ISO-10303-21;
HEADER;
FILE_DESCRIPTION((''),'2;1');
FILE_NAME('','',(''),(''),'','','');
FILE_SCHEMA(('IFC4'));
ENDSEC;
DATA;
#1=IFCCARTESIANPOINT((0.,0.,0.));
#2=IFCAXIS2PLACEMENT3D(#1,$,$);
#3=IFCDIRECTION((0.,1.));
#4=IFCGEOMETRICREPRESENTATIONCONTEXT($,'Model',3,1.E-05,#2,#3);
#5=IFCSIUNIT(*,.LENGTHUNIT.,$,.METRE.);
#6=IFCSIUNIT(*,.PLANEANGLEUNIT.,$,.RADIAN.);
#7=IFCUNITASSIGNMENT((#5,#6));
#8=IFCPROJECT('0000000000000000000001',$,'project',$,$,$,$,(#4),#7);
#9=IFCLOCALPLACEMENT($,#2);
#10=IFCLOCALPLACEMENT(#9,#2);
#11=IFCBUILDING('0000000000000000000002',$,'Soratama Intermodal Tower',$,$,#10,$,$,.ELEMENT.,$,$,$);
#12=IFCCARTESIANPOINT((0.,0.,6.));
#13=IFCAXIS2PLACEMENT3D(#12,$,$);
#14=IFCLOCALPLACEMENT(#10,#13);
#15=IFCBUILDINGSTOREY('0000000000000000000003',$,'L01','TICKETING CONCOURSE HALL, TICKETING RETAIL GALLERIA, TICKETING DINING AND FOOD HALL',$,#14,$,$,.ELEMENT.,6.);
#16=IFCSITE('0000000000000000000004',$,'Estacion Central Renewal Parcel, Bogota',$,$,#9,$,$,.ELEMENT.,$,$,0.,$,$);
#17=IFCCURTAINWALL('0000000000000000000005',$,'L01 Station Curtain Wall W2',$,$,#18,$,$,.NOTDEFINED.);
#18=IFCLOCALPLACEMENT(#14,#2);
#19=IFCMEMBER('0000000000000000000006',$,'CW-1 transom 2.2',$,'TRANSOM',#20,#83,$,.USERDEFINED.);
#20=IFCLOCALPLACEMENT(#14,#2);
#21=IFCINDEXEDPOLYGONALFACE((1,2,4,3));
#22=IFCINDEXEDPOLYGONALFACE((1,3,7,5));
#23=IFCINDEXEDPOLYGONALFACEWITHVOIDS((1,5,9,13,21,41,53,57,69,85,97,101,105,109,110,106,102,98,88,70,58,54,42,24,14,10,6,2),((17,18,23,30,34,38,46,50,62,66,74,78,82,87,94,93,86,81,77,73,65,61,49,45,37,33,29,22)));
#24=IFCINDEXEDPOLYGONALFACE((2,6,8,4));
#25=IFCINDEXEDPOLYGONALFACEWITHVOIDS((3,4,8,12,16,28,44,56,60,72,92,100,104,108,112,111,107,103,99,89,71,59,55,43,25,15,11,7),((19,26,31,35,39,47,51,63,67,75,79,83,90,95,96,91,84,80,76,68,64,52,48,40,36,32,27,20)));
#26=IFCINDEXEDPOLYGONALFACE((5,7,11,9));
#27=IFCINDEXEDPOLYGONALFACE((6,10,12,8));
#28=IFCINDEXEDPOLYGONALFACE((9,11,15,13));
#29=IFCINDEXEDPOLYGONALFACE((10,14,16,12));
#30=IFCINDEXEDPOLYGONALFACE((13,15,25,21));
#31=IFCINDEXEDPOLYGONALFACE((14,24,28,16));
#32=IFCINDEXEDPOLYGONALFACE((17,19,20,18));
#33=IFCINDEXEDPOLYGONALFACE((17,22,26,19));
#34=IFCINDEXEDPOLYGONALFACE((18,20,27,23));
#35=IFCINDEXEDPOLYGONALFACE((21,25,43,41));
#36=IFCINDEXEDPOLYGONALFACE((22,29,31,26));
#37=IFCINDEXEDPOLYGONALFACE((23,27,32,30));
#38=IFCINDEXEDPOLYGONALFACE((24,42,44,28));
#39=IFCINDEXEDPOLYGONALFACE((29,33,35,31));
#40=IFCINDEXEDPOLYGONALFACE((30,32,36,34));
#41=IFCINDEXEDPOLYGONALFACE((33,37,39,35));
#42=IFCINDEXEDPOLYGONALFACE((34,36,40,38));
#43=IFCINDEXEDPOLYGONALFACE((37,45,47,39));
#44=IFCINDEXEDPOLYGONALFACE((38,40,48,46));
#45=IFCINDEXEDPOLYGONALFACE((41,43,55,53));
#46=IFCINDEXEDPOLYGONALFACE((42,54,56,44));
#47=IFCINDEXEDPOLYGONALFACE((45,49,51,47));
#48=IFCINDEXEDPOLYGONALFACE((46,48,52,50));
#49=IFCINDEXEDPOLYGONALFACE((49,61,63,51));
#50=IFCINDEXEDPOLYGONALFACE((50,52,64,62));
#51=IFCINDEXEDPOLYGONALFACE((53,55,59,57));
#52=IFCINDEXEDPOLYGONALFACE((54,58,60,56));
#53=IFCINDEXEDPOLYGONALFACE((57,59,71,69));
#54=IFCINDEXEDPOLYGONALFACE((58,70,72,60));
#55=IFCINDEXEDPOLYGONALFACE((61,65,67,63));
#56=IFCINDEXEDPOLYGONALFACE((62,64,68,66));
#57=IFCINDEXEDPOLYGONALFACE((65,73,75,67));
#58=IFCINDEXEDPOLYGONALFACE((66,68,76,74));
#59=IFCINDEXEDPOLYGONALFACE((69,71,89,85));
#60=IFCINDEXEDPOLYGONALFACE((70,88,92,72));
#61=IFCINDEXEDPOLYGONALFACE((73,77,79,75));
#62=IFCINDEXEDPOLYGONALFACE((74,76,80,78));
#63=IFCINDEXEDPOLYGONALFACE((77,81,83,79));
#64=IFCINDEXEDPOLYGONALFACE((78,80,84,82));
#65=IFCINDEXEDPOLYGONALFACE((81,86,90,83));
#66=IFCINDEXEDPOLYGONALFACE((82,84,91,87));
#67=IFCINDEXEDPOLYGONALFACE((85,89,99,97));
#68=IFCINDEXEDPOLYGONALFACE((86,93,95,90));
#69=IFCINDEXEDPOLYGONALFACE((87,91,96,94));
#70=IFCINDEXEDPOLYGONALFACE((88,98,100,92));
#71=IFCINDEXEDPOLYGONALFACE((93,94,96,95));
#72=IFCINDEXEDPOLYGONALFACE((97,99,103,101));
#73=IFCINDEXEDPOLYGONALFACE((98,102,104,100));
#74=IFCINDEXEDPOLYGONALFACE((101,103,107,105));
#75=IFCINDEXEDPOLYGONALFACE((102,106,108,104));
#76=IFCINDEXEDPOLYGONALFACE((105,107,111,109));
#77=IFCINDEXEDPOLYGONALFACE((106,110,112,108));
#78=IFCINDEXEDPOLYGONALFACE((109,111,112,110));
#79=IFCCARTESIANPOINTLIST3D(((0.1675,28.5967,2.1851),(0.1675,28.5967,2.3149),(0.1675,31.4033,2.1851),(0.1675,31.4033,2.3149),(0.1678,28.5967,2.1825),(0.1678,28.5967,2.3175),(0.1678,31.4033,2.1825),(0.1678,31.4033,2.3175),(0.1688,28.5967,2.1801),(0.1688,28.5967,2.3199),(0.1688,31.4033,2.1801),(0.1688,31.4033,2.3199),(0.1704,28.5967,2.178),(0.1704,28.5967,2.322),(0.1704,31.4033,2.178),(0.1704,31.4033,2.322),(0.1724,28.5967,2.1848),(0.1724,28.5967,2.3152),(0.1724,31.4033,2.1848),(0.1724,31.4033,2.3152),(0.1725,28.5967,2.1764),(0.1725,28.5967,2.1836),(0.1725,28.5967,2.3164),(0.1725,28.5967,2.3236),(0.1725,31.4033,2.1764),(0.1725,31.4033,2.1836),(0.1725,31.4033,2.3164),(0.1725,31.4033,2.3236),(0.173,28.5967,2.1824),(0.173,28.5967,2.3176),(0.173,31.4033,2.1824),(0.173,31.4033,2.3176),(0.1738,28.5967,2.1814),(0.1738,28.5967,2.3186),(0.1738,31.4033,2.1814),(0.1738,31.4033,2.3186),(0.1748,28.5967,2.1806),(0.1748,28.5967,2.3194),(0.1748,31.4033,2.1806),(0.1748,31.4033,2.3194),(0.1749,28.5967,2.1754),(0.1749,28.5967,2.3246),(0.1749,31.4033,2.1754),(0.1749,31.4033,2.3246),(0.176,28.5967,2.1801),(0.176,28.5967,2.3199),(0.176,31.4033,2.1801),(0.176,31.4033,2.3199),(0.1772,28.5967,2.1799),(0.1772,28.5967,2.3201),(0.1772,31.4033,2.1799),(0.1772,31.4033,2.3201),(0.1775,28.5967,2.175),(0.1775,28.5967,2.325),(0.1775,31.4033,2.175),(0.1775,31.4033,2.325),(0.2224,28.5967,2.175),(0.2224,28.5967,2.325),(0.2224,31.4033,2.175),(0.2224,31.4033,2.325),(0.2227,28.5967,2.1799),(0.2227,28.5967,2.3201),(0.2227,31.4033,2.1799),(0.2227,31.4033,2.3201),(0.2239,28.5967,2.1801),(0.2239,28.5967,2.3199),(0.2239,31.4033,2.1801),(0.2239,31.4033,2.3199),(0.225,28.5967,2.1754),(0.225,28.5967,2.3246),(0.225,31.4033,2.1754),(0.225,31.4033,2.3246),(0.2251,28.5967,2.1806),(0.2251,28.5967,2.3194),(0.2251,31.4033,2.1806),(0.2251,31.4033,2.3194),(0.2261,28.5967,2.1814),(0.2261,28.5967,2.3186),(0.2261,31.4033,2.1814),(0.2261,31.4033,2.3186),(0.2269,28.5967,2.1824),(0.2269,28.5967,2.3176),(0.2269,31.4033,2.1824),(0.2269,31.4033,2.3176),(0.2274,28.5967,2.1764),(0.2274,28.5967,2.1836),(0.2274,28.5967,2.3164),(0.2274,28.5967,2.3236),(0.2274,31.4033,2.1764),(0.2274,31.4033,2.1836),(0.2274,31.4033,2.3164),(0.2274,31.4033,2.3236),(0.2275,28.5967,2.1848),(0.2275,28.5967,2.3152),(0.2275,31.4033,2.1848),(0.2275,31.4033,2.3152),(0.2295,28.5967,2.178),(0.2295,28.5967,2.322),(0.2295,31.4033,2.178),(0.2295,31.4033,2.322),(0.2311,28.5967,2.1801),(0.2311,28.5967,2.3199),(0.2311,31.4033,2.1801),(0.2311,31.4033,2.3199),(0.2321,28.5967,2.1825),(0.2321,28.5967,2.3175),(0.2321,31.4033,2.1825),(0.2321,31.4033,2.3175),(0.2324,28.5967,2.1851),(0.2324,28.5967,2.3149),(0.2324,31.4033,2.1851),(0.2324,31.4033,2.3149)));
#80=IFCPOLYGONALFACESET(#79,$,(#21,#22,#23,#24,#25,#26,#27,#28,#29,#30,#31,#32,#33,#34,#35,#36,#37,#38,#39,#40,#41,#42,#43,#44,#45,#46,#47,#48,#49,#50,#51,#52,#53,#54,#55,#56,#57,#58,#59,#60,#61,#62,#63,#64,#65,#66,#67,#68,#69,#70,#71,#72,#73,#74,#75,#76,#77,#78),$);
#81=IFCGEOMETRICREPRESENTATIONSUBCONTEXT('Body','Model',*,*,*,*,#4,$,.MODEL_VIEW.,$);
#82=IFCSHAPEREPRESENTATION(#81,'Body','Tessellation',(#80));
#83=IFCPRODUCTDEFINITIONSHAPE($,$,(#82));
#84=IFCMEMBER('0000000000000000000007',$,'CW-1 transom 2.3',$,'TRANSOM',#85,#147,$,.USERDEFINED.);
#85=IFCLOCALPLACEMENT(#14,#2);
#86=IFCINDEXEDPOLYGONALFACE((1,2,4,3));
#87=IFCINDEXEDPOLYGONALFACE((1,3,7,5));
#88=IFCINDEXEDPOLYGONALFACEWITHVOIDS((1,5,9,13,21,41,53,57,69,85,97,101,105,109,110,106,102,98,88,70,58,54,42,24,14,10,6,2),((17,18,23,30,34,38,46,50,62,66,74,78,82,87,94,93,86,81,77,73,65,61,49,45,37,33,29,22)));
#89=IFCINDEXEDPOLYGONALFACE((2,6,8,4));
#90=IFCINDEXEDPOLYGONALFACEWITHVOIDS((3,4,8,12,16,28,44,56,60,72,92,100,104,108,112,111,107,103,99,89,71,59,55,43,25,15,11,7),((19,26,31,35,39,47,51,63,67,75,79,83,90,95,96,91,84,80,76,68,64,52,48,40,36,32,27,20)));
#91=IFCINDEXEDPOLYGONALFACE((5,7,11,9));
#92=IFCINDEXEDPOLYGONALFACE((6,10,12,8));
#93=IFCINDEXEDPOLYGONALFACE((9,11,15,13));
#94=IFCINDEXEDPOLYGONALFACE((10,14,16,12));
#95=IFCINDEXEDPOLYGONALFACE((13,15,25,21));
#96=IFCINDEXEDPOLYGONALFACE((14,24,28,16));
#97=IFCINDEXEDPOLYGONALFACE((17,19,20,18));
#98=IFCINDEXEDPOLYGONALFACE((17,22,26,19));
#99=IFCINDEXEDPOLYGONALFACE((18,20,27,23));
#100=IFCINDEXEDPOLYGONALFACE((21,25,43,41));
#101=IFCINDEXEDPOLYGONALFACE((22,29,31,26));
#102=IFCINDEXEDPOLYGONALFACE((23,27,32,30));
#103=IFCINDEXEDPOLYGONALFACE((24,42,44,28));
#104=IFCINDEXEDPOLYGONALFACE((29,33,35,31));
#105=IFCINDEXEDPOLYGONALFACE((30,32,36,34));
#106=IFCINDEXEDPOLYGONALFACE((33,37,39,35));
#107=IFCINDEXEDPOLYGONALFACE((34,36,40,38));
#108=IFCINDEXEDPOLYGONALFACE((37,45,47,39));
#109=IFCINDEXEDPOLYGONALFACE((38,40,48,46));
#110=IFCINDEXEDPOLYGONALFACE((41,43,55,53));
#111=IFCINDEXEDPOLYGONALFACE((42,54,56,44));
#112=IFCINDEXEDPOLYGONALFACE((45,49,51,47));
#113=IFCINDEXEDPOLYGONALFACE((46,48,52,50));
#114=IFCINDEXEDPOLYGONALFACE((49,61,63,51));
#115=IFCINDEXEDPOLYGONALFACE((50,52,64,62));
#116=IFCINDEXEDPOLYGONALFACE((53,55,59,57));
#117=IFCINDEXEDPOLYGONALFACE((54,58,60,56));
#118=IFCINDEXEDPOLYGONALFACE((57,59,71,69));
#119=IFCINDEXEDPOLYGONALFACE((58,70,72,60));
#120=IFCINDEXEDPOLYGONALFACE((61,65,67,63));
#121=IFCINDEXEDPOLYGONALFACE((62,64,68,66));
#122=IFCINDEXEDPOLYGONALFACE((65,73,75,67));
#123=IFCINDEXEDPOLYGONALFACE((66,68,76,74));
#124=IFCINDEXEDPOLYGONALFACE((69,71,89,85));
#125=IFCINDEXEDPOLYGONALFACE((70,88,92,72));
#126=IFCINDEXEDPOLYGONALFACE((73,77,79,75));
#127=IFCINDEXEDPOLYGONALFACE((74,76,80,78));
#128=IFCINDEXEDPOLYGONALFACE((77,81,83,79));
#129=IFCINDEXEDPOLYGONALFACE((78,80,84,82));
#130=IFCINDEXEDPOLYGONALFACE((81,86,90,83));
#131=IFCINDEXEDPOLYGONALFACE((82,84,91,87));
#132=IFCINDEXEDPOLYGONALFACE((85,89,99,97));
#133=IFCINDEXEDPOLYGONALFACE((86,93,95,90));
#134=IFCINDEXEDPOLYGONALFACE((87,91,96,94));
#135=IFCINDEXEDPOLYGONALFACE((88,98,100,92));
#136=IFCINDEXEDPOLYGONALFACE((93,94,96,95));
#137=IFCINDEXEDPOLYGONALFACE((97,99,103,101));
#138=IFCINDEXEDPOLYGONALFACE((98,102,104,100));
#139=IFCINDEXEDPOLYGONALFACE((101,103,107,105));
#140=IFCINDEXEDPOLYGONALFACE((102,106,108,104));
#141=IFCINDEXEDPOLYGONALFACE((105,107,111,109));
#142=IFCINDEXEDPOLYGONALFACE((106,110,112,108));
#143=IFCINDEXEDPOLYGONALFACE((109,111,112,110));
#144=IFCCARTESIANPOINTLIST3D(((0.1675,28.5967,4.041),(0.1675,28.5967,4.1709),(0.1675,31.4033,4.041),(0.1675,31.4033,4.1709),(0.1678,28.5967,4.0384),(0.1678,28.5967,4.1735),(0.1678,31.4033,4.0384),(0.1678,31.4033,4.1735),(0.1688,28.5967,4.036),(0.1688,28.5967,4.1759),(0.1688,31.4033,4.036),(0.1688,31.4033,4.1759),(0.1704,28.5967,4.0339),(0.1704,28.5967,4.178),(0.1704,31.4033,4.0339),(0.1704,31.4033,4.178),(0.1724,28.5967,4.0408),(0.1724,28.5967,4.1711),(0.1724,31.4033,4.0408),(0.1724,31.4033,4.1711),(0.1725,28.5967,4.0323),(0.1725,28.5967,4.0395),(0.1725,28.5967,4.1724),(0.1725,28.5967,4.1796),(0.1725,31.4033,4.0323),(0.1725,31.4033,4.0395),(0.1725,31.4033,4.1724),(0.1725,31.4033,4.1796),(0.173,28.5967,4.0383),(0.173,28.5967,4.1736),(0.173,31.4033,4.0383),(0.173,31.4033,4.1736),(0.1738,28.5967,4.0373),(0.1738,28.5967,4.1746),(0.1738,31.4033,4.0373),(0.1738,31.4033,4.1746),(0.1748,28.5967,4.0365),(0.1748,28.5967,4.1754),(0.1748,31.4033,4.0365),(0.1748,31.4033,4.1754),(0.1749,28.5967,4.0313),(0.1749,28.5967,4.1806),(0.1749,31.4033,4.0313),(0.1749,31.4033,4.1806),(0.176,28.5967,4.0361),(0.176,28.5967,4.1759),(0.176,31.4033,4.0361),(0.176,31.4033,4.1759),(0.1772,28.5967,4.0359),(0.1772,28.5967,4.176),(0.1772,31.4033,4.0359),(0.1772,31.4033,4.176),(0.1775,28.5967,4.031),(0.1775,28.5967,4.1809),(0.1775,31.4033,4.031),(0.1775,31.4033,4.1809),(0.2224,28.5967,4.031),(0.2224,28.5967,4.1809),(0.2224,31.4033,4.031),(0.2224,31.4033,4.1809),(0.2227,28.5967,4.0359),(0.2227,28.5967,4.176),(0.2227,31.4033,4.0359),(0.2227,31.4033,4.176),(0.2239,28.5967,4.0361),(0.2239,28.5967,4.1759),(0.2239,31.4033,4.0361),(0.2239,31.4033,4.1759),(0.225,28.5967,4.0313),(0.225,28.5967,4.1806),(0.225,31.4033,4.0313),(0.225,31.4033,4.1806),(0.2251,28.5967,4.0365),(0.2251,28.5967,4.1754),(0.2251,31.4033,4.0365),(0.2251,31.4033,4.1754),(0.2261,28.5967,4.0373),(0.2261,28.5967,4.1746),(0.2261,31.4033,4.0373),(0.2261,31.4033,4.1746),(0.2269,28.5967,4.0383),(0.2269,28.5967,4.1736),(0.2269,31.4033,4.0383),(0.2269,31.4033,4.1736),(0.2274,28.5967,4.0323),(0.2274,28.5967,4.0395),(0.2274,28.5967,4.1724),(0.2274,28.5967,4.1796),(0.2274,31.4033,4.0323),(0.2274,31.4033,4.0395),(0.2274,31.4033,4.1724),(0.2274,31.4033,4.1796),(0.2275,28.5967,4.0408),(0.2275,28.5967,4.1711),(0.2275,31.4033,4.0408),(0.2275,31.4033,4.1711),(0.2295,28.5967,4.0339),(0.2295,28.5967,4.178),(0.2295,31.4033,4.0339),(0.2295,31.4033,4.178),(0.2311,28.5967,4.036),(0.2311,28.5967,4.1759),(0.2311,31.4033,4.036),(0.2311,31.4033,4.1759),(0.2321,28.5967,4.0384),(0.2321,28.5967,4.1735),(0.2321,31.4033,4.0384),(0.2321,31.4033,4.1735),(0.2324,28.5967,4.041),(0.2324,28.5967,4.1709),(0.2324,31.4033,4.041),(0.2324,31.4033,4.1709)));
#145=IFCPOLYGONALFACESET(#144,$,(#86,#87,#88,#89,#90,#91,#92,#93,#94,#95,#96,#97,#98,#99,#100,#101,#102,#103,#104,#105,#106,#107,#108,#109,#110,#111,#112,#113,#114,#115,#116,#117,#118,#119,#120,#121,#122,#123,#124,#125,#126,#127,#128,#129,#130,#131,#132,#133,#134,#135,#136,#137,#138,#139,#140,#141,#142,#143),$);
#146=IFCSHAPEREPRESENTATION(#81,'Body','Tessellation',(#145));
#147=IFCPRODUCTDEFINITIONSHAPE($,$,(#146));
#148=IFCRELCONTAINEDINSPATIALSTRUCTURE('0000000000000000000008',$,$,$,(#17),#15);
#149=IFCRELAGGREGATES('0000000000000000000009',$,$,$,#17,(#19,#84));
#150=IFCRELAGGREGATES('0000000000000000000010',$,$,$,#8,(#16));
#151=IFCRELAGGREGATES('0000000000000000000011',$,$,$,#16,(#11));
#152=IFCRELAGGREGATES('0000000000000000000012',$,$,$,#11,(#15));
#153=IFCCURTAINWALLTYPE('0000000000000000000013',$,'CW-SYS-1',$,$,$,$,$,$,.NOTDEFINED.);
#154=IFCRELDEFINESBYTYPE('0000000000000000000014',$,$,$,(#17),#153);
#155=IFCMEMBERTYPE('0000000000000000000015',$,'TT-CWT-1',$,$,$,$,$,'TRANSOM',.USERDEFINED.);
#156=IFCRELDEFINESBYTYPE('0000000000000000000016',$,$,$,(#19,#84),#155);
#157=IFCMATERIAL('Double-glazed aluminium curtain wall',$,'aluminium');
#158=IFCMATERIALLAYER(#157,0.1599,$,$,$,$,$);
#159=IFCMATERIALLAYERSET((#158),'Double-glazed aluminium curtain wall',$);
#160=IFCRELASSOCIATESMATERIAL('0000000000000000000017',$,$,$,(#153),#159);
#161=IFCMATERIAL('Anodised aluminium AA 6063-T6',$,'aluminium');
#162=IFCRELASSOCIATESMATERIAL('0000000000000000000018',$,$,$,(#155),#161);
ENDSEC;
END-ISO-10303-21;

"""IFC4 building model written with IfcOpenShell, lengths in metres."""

from ifc_helpers import new_model, si_unit, direction, frame, origin, origin_2d, place, context, subcontext, project, spatial, hollow_rectangle, extrude, material, layer, layer_set, material_profile, profile_set, type_object, element, aggregate, save


model = new_model("IFC4")

# Units and contexts
model_context = context("Model", 3, precision=1e-05, world=origin(), true_north=direction((0.0, 1.0)))
body_context = subcontext(model_context, "Body", "Model", "MODEL_VIEW")
ifc_project = project(units=[si_unit("LENGTHUNIT", "METRE"), si_unit("PLANEANGLEUNIT", "RADIAN")], contexts=[model_context])

# Site, building, storey
site_placement = place(None, origin())
site = spatial("IfcSite", under=ifc_project, at=site_placement, Name="Estacion Central Renewal Parcel, Bogota", CompositionType="ELEMENT", RefElevation=0.0)
building_placement = place(site_placement, origin())
building = spatial("IfcBuilding", under=site, at=building_placement, Name="Soratama Intermodal Tower", CompositionType="ELEMENT")
storey_placement = place(building_placement, frame((0.0, 0.0, 6.0)))
storey = spatial("IfcBuildingStorey", under=building, at=storey_placement, Name="L01", Description="TICKETING CONCOURSE HALL, TICKETING RETAIL GALLERIA, TICKETING DINING AND FOOD HALL", CompositionType="ELEMENT", Elevation=6.0)

# Curtain wall, members
ifc_material_1 = material(Name="Double-glazed aluminium curtain wall", Category="aluminium")
ifc_layer_1 = layer(ifc_material_1, 0.1599)
ifc_layer_set_1 = layer_set([ifc_layer_1], Name="Double-glazed aluminium curtain wall")
curtain_wall_type = type_object("IfcCurtainWallType", Name="CW-SYS-1", PredefinedType="NOTDEFINED", material=ifc_layer_set_1)
curtain_wall_placement = place(storey_placement, origin())
curtain_wall = element("IfcCurtainWall", 1, at=curtain_wall_placement, inside=storey, type_object=curtain_wall_type, Name="L01 Station Curtain Wall W2", PredefinedType="NOTDEFINED")
ifc_material_2 = material(Name="Anodised aluminium AA 6063-T6", Category="aluminium")
ifc_material_profile_1 = material_profile(ifc_material_2, hollow_rectangle(XDim=0.0649, YDim=0.1499, WallThickness=0.0049, InnerFilletRadius=0.0049, OuterFilletRadius=0.01, at=origin_2d()), Name="CWT150X65X5")
ifc_profile_set_1 = profile_set([ifc_material_profile_1], Name="Anodised aluminium AA 6063-T6")
member_type_1 = type_object("IfcMemberType", Name="TT-CWT-1", ElementType="TRANSOM", PredefinedType="USERDEFINED", material=ifc_profile_set_1)
member_1_placement = place(storey_placement, frame((0.2, 28.5967, 2.25), z_axis=(0.0, 1.0, 0.0), x_axis=(-1.0, 0.0, 0.0)))
member_1 = element("IfcMember", 2, at=member_1_placement, type_object=member_type_1, Name="CW-1 transom 2.2", ObjectType="TRANSOM", PredefinedType="USERDEFINED", context=body_context, shape_type="SweptSolid", body=[
    extrude(hollow_rectangle(XDim=0.0649, YDim=0.1499, WallThickness=0.0049, InnerFilletRadius=0.0049, OuterFilletRadius=0.01, at=origin_2d()), origin(), (0.0, 0.0, 1.0), 2.8066),
])
member_2_placement = place(storey_placement, frame((0.2, 28.5967, 4.106), z_axis=(0.0, 1.0, 0.0), x_axis=(-1.0, 0.0, 0.0)))
member_2 = element("IfcMember", 3, at=member_2_placement, type_object=member_type_1, Name="CW-1 transom 2.3", ObjectType="TRANSOM", PredefinedType="USERDEFINED", context=body_context, shape_type="SweptSolid", body=[
    extrude(hollow_rectangle(XDim=0.0649, YDim=0.1499, WallThickness=0.0049, InnerFilletRadius=0.0049, OuterFilletRadius=0.01, at=origin_2d()), origin(), (0.0, 0.0, 1.0), 2.8066),
])
aggregate(curtain_wall, [member_1, member_2])

save(model, "model.ifc")
